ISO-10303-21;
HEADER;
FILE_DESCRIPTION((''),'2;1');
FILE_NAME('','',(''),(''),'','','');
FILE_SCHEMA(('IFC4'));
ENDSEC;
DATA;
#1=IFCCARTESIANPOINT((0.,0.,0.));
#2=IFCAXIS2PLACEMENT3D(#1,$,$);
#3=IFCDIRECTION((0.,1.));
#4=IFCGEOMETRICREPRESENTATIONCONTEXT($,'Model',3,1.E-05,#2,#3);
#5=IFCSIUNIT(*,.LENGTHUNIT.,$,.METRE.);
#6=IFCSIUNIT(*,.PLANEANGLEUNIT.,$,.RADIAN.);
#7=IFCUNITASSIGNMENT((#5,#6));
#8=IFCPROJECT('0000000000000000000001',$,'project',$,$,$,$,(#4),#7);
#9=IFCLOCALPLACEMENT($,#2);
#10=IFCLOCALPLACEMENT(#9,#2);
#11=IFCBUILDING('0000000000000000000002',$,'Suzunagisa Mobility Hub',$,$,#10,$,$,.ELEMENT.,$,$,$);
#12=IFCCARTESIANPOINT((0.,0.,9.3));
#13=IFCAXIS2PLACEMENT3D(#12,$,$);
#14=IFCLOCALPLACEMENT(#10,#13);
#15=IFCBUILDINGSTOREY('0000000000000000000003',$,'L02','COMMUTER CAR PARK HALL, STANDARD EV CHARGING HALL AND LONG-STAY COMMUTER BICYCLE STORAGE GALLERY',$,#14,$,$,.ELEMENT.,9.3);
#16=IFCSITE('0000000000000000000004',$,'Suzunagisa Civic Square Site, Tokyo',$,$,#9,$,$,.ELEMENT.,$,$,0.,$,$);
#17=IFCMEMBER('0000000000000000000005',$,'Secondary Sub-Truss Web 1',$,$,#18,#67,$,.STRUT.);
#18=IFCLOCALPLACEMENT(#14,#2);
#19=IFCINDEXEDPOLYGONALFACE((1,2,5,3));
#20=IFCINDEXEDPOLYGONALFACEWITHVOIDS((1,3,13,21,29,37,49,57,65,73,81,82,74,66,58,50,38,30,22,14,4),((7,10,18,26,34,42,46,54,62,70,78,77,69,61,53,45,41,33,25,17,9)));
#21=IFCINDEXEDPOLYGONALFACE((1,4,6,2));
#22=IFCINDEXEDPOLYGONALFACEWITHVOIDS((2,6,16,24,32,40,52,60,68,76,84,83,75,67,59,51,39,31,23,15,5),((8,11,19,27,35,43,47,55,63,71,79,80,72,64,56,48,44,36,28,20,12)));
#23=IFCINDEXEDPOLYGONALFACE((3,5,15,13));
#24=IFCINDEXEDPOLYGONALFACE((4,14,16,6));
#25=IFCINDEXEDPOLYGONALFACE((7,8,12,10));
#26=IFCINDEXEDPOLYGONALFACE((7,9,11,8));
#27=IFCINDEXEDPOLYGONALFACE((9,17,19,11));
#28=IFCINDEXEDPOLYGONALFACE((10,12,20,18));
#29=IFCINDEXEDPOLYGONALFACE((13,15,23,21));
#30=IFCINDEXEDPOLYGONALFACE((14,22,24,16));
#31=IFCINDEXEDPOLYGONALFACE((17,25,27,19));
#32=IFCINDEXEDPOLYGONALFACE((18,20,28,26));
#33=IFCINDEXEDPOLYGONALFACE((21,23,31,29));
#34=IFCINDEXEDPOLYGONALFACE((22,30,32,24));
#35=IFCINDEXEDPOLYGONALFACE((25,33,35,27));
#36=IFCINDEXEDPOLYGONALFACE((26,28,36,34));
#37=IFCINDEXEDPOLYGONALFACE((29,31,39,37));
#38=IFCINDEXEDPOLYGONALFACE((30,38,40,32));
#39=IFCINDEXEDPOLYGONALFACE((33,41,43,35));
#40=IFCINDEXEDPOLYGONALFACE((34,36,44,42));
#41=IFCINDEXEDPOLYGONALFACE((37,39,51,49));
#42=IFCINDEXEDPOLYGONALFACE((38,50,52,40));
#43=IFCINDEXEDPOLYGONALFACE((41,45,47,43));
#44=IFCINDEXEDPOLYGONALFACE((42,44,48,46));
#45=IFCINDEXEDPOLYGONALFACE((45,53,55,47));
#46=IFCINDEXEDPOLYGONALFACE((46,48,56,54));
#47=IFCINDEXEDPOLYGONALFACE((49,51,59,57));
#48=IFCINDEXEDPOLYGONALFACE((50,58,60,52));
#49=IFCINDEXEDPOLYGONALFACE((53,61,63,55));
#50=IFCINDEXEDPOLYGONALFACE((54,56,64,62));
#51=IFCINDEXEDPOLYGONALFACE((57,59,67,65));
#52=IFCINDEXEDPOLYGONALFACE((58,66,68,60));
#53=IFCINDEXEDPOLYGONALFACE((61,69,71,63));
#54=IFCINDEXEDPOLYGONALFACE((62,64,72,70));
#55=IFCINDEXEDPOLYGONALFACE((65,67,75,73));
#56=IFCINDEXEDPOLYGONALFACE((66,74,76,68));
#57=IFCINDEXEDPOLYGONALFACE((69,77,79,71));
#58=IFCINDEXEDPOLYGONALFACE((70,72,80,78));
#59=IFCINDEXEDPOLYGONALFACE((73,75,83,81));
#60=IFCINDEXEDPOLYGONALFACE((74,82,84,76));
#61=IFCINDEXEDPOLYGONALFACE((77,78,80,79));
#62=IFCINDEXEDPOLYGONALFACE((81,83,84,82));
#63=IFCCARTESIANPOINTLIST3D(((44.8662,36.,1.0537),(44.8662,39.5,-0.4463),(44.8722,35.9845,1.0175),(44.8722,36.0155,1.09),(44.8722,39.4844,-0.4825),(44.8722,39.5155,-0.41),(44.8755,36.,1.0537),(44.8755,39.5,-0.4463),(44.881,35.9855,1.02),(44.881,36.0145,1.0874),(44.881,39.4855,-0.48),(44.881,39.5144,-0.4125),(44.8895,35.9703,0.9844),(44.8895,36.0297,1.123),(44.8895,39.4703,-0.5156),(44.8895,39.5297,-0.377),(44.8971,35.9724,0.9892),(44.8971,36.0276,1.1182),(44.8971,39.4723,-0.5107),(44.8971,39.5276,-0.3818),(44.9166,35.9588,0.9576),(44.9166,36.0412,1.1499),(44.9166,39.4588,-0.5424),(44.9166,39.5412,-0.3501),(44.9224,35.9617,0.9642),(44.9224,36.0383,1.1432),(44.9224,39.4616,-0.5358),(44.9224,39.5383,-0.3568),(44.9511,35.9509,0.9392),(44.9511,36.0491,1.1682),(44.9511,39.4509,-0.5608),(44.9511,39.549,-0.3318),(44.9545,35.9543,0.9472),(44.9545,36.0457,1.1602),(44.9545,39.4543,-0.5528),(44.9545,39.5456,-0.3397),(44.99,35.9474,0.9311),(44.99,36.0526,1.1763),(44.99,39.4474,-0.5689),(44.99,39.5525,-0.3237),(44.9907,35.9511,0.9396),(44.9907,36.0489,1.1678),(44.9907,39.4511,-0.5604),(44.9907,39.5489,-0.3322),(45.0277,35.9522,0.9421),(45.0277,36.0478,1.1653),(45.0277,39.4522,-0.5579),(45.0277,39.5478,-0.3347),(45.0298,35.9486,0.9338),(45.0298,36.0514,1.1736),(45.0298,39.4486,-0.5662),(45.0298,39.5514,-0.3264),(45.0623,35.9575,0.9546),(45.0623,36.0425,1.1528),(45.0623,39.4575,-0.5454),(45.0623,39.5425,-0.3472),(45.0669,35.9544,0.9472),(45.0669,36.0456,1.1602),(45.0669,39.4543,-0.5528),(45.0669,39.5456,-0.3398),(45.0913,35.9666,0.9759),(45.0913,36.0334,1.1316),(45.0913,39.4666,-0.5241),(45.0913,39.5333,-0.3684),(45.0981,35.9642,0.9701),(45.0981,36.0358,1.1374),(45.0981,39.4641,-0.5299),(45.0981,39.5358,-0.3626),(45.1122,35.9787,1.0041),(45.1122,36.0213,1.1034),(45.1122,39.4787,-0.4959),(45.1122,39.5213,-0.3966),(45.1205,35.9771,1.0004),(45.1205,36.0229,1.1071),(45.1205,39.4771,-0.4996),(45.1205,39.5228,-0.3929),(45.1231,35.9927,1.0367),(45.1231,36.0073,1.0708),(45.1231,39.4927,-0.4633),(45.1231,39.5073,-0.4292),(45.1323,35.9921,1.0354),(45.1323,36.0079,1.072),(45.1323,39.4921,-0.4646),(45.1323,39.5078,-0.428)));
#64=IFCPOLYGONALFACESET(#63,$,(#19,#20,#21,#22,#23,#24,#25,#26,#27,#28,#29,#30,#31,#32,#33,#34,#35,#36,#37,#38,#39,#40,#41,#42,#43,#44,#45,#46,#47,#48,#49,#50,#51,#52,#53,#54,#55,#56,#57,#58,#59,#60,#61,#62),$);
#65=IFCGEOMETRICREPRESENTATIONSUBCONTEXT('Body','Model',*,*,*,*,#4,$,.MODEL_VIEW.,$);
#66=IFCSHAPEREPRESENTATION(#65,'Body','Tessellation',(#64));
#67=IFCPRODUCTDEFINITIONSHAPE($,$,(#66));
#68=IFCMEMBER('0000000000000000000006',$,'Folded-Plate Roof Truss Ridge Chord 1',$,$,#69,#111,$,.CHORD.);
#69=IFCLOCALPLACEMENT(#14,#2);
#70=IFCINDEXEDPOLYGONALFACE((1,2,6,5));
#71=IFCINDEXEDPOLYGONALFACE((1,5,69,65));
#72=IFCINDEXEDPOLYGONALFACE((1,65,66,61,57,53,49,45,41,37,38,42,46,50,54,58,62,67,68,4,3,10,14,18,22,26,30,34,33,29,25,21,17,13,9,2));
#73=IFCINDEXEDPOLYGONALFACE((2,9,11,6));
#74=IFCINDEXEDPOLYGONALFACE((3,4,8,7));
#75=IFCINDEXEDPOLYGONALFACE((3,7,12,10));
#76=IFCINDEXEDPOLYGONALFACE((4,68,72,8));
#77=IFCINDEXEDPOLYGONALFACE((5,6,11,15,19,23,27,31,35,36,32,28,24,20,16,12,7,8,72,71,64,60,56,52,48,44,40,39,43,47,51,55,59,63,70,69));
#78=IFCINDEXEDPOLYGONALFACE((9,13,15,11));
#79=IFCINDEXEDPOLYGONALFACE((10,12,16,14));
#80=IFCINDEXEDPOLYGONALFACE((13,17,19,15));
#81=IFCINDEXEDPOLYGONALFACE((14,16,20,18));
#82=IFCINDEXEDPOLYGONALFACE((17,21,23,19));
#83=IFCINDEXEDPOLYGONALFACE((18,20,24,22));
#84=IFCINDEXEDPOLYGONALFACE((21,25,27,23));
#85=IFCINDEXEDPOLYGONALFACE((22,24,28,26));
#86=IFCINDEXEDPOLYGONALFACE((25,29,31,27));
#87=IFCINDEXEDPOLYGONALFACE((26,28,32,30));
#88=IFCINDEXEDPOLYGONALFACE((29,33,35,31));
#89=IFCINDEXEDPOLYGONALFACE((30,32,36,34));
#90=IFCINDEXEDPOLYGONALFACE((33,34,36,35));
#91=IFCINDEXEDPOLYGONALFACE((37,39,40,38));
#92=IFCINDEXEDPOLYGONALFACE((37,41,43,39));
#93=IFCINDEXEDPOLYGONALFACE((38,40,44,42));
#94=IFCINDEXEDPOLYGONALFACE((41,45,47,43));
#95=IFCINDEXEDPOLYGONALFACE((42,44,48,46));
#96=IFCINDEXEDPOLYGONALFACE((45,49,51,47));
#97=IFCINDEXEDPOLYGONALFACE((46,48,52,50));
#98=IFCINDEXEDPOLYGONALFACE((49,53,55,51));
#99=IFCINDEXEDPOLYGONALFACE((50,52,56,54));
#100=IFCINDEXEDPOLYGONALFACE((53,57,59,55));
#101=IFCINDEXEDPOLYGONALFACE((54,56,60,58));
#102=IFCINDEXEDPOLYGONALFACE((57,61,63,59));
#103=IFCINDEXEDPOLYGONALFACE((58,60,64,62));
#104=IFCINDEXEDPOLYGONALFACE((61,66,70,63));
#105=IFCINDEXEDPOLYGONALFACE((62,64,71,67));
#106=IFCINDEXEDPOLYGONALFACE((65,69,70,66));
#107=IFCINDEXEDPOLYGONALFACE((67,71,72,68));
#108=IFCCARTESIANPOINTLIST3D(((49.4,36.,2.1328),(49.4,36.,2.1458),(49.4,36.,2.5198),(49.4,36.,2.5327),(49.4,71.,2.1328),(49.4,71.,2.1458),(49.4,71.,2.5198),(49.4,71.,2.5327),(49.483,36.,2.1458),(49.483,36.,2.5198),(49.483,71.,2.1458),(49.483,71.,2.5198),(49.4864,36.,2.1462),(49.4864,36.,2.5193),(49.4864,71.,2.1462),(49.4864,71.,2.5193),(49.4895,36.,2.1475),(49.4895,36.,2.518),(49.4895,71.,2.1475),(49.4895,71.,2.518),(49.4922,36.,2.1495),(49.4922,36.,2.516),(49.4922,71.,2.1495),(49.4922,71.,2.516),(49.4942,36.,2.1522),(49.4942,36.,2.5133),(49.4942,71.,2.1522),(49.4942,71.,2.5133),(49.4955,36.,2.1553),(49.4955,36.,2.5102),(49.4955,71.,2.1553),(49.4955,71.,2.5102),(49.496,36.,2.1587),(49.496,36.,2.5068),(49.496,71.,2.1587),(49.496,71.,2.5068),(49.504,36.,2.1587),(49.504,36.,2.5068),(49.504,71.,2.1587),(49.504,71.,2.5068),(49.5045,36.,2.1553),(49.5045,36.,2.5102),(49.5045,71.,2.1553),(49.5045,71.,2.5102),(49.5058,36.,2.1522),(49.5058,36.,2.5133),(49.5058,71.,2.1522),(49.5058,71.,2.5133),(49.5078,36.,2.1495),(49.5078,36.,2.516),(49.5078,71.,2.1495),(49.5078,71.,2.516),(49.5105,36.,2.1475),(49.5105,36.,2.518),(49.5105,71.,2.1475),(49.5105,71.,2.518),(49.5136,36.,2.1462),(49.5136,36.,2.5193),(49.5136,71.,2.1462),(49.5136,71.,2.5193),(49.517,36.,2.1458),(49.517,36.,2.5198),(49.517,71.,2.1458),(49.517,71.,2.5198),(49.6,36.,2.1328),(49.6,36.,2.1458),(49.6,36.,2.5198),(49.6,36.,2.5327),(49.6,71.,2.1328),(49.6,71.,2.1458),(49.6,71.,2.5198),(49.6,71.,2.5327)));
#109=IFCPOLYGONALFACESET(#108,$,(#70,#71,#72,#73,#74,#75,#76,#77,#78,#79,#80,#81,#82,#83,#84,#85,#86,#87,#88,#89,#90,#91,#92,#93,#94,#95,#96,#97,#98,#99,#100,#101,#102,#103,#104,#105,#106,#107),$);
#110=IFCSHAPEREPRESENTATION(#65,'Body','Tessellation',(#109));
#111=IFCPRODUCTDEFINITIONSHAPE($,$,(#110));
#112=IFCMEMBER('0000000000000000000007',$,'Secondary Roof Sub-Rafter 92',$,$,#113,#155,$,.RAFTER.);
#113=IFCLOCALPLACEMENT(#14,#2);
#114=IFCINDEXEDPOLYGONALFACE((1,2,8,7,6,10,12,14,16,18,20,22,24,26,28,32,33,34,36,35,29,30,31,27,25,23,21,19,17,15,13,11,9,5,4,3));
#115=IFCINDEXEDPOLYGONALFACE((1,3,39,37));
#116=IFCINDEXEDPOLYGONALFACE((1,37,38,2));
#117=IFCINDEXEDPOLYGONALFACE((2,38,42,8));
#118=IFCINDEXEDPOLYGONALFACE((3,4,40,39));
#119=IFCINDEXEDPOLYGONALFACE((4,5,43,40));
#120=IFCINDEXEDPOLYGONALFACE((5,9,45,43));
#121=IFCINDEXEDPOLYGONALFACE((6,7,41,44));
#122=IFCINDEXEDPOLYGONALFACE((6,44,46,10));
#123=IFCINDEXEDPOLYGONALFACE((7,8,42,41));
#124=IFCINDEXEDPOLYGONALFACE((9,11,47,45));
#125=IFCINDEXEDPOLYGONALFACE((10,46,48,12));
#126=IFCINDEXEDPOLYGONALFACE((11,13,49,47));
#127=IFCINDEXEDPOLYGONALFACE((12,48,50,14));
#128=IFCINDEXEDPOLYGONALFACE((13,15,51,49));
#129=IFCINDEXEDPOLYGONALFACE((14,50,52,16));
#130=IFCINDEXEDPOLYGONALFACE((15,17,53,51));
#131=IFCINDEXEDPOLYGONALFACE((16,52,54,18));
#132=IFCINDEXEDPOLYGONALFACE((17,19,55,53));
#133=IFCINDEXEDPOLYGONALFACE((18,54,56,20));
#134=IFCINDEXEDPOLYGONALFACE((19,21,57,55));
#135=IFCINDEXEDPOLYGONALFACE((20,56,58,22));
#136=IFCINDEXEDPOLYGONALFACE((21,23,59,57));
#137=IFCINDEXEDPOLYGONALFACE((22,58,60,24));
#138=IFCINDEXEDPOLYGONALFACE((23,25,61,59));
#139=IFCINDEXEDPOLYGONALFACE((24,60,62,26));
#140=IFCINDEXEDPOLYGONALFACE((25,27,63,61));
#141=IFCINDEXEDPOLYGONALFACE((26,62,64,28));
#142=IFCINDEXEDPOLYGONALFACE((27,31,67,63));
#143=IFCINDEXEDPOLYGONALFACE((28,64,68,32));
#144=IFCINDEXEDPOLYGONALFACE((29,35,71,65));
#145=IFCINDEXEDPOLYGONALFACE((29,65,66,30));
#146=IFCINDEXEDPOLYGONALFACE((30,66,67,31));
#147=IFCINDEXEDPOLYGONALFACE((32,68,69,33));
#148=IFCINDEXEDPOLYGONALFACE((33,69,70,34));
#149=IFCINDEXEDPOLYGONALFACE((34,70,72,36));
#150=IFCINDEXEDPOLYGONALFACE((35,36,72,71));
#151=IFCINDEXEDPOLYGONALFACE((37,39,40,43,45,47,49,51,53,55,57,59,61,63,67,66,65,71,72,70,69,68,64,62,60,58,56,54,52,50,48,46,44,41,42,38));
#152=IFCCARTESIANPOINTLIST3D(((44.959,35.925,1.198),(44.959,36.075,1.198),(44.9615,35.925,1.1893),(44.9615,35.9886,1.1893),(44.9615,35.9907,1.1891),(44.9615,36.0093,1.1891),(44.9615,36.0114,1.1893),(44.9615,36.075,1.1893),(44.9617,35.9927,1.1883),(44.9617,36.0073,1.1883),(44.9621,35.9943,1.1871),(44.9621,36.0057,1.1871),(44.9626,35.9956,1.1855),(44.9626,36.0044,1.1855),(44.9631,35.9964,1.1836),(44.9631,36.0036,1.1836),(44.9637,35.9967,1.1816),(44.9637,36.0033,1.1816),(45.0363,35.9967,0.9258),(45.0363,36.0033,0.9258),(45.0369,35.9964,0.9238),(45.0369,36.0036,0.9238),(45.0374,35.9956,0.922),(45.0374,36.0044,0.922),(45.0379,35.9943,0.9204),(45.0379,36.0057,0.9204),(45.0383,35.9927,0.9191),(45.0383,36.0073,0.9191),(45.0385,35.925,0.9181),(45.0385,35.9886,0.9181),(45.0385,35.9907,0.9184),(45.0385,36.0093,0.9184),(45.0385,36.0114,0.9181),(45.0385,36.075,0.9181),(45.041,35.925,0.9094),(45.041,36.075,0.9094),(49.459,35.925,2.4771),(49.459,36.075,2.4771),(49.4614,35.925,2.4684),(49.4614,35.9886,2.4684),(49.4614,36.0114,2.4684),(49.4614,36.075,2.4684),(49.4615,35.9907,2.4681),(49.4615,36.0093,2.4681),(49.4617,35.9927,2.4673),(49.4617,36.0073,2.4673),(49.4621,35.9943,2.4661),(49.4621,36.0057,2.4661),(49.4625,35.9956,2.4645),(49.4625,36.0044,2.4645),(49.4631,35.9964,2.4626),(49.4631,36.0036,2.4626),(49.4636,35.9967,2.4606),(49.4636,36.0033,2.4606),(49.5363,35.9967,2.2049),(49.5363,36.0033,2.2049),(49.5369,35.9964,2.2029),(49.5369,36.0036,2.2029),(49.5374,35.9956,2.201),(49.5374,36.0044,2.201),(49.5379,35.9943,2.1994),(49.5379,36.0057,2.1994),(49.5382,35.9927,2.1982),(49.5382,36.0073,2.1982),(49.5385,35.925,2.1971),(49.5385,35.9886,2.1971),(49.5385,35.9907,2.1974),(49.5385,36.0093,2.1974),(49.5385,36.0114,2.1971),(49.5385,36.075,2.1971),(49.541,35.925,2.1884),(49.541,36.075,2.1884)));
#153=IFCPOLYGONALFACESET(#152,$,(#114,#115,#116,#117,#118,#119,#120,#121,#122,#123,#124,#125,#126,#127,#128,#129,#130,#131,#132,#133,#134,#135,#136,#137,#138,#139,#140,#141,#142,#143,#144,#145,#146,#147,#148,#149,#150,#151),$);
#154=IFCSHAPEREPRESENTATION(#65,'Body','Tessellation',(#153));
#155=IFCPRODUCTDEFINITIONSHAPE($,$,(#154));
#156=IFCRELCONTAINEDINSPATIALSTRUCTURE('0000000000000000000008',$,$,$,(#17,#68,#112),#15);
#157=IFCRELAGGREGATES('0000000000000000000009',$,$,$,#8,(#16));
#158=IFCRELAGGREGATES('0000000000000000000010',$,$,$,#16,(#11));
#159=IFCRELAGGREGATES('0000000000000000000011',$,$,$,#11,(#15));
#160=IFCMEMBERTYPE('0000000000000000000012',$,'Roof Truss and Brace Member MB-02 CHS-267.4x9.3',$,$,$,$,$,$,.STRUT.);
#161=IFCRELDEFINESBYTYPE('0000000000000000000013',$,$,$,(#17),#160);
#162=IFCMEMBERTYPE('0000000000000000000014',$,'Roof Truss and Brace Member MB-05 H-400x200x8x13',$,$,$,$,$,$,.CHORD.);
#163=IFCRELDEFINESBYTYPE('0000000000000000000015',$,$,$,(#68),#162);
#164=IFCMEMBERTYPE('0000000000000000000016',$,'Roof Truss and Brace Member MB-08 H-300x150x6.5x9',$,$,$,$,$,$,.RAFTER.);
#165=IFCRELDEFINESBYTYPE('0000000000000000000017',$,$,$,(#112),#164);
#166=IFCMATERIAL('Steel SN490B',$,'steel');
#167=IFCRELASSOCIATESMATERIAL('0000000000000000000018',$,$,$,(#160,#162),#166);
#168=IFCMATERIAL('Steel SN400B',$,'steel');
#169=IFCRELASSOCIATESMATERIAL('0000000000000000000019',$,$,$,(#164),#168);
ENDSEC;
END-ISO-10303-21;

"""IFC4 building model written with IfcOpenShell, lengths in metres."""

from ifc_helpers import new_model, si_unit, direction, frame, origin, origin_2d, place, context, subcontext, project, spatial, hollow_circle, i_section, extrude, material, material_profile, profile_set, type_object, element, save


model = new_model("IFC4")

# Units and contexts
model_context = context("Model", 3, precision=1e-05, world=origin(), true_north=direction((0.0, 1.0)))
body_context = subcontext(model_context, "Body", "Model", "MODEL_VIEW")
ifc_project = project(units=[si_unit("LENGTHUNIT", "METRE"), si_unit("PLANEANGLEUNIT", "RADIAN")], contexts=[model_context])

# Site, building, storey
site_placement = place(None, origin())
site = spatial("IfcSite", under=ifc_project, at=site_placement, Name="Suzunagisa Civic Square Site, Tokyo", CompositionType="ELEMENT", RefElevation=0.0)
building_placement = place(site_placement, origin())
building = spatial("IfcBuilding", under=site, at=building_placement, Name="Suzunagisa Mobility Hub", CompositionType="ELEMENT")
storey_placement = place(building_placement, frame((0.0, 0.0, 9.3)))
storey = spatial("IfcBuildingStorey", under=building, at=storey_placement, Name="L02", Description="COMMUTER CAR PARK HALL, STANDARD EV CHARGING HALL AND LONG-STAY COMMUTER BICYCLE STORAGE GALLERY", CompositionType="ELEMENT", Elevation=9.3)

# Shared definitions
ifc_material_1 = material(Name="Steel SN490B", Category="steel")

# Members
ifc_material_profile_1 = material_profile(ifc_material_1, hollow_circle(Radius=0.1338, WallThickness=0.0093, at=origin_2d()), Name="CHS-267.4x9.3")
ifc_profile_set_1 = profile_set([ifc_material_profile_1], Name="Steel SN490B")
member_type_1 = type_object("IfcMemberType", Name="Roof Truss and Brace Member MB-02 CHS-267.4x9.3", PredefinedType="STRUT", material=ifc_profile_set_1)
member_1_placement = place(storey_placement, frame((45.0, 36.0, 1.0537), z_axis=(0.0, 0.919145, -0.393919), x_axis=(-1.0, 0.0, 0.0)))
element("IfcMember", 1, at=member_1_placement, inside=storey, type_object=member_type_1, Name="Secondary Sub-Truss Web 1", PredefinedType="STRUT", context=body_context, shape_type="SweptSolid", body=[
    extrude(hollow_circle(Radius=0.1338, WallThickness=0.0093, at=origin_2d()), origin(), (0.0, 0.0, 1.0), 3.8079),
])
ifc_material_profile_2 = material_profile(ifc_material_1, i_section(OverallWidth=0.2, OverallDepth=0.3999, WebThickness=0.0081, FlangeThickness=0.0129, FilletRadius=0.0129, at=origin_2d()), Name="H-400x200x8x13")
ifc_profile_set_2 = profile_set([ifc_material_profile_2], Name="Steel SN490B")
member_type_2 = type_object("IfcMemberType", Name="Roof Truss and Brace Member MB-05 H-400x200x8x13", PredefinedType="CHORD", material=ifc_profile_set_2)
member_2_placement = place(storey_placement, frame((49.5, 36.0, 2.3328), z_axis=(0.0, 1.0, 0.0), x_axis=(-1.0, 0.0, 0.0)))
element("IfcMember", 2, at=member_2_placement, inside=storey, type_object=member_type_2, Name="Folded-Plate Roof Truss Ridge Chord 1", PredefinedType="CHORD", context=body_context, shape_type="SweptSolid", body=[
    extrude(i_section(OverallWidth=0.2, OverallDepth=0.3999, WebThickness=0.0081, FlangeThickness=0.0129, FilletRadius=0.0129, at=origin_2d()), origin(), (0.0, 0.0, 1.0), 35.0),
])
ifc_material_2 = material(Name="Steel SN400B", Category="steel")
ifc_material_profile_3 = material_profile(ifc_material_2, i_section(OverallWidth=0.1499, OverallDepth=0.3, WebThickness=0.0066, FlangeThickness=0.009, FilletRadius=0.0081, at=origin_2d()), Name="H-300x150x6.5x9")
ifc_profile_set_3 = profile_set([ifc_material_profile_3], Name="Steel SN400B")
member_type_3 = type_object("IfcMemberType", Name="Roof Truss and Brace Member MB-08 H-300x150x6.5x9", PredefinedType="RAFTER", material=ifc_profile_set_3)
member_3_placement = place(storey_placement, frame((45.0, 36.0, 1.0537), z_axis=(0.961899, 0.0, 0.273404), x_axis=(0.0, 1.0, 0.0)))
element("IfcMember", 3, at=member_3_placement, inside=storey, type_object=member_type_3, Name="Secondary Roof Sub-Rafter 92", PredefinedType="RAFTER", context=body_context, shape_type="SweptSolid", body=[
    extrude(i_section(OverallWidth=0.1499, OverallDepth=0.3, WebThickness=0.0066, FlangeThickness=0.009, FilletRadius=0.0081, at=origin_2d()), origin(), (0.0, 0.0, 1.0), 4.6782),
])

save(model, "model.ifc")
